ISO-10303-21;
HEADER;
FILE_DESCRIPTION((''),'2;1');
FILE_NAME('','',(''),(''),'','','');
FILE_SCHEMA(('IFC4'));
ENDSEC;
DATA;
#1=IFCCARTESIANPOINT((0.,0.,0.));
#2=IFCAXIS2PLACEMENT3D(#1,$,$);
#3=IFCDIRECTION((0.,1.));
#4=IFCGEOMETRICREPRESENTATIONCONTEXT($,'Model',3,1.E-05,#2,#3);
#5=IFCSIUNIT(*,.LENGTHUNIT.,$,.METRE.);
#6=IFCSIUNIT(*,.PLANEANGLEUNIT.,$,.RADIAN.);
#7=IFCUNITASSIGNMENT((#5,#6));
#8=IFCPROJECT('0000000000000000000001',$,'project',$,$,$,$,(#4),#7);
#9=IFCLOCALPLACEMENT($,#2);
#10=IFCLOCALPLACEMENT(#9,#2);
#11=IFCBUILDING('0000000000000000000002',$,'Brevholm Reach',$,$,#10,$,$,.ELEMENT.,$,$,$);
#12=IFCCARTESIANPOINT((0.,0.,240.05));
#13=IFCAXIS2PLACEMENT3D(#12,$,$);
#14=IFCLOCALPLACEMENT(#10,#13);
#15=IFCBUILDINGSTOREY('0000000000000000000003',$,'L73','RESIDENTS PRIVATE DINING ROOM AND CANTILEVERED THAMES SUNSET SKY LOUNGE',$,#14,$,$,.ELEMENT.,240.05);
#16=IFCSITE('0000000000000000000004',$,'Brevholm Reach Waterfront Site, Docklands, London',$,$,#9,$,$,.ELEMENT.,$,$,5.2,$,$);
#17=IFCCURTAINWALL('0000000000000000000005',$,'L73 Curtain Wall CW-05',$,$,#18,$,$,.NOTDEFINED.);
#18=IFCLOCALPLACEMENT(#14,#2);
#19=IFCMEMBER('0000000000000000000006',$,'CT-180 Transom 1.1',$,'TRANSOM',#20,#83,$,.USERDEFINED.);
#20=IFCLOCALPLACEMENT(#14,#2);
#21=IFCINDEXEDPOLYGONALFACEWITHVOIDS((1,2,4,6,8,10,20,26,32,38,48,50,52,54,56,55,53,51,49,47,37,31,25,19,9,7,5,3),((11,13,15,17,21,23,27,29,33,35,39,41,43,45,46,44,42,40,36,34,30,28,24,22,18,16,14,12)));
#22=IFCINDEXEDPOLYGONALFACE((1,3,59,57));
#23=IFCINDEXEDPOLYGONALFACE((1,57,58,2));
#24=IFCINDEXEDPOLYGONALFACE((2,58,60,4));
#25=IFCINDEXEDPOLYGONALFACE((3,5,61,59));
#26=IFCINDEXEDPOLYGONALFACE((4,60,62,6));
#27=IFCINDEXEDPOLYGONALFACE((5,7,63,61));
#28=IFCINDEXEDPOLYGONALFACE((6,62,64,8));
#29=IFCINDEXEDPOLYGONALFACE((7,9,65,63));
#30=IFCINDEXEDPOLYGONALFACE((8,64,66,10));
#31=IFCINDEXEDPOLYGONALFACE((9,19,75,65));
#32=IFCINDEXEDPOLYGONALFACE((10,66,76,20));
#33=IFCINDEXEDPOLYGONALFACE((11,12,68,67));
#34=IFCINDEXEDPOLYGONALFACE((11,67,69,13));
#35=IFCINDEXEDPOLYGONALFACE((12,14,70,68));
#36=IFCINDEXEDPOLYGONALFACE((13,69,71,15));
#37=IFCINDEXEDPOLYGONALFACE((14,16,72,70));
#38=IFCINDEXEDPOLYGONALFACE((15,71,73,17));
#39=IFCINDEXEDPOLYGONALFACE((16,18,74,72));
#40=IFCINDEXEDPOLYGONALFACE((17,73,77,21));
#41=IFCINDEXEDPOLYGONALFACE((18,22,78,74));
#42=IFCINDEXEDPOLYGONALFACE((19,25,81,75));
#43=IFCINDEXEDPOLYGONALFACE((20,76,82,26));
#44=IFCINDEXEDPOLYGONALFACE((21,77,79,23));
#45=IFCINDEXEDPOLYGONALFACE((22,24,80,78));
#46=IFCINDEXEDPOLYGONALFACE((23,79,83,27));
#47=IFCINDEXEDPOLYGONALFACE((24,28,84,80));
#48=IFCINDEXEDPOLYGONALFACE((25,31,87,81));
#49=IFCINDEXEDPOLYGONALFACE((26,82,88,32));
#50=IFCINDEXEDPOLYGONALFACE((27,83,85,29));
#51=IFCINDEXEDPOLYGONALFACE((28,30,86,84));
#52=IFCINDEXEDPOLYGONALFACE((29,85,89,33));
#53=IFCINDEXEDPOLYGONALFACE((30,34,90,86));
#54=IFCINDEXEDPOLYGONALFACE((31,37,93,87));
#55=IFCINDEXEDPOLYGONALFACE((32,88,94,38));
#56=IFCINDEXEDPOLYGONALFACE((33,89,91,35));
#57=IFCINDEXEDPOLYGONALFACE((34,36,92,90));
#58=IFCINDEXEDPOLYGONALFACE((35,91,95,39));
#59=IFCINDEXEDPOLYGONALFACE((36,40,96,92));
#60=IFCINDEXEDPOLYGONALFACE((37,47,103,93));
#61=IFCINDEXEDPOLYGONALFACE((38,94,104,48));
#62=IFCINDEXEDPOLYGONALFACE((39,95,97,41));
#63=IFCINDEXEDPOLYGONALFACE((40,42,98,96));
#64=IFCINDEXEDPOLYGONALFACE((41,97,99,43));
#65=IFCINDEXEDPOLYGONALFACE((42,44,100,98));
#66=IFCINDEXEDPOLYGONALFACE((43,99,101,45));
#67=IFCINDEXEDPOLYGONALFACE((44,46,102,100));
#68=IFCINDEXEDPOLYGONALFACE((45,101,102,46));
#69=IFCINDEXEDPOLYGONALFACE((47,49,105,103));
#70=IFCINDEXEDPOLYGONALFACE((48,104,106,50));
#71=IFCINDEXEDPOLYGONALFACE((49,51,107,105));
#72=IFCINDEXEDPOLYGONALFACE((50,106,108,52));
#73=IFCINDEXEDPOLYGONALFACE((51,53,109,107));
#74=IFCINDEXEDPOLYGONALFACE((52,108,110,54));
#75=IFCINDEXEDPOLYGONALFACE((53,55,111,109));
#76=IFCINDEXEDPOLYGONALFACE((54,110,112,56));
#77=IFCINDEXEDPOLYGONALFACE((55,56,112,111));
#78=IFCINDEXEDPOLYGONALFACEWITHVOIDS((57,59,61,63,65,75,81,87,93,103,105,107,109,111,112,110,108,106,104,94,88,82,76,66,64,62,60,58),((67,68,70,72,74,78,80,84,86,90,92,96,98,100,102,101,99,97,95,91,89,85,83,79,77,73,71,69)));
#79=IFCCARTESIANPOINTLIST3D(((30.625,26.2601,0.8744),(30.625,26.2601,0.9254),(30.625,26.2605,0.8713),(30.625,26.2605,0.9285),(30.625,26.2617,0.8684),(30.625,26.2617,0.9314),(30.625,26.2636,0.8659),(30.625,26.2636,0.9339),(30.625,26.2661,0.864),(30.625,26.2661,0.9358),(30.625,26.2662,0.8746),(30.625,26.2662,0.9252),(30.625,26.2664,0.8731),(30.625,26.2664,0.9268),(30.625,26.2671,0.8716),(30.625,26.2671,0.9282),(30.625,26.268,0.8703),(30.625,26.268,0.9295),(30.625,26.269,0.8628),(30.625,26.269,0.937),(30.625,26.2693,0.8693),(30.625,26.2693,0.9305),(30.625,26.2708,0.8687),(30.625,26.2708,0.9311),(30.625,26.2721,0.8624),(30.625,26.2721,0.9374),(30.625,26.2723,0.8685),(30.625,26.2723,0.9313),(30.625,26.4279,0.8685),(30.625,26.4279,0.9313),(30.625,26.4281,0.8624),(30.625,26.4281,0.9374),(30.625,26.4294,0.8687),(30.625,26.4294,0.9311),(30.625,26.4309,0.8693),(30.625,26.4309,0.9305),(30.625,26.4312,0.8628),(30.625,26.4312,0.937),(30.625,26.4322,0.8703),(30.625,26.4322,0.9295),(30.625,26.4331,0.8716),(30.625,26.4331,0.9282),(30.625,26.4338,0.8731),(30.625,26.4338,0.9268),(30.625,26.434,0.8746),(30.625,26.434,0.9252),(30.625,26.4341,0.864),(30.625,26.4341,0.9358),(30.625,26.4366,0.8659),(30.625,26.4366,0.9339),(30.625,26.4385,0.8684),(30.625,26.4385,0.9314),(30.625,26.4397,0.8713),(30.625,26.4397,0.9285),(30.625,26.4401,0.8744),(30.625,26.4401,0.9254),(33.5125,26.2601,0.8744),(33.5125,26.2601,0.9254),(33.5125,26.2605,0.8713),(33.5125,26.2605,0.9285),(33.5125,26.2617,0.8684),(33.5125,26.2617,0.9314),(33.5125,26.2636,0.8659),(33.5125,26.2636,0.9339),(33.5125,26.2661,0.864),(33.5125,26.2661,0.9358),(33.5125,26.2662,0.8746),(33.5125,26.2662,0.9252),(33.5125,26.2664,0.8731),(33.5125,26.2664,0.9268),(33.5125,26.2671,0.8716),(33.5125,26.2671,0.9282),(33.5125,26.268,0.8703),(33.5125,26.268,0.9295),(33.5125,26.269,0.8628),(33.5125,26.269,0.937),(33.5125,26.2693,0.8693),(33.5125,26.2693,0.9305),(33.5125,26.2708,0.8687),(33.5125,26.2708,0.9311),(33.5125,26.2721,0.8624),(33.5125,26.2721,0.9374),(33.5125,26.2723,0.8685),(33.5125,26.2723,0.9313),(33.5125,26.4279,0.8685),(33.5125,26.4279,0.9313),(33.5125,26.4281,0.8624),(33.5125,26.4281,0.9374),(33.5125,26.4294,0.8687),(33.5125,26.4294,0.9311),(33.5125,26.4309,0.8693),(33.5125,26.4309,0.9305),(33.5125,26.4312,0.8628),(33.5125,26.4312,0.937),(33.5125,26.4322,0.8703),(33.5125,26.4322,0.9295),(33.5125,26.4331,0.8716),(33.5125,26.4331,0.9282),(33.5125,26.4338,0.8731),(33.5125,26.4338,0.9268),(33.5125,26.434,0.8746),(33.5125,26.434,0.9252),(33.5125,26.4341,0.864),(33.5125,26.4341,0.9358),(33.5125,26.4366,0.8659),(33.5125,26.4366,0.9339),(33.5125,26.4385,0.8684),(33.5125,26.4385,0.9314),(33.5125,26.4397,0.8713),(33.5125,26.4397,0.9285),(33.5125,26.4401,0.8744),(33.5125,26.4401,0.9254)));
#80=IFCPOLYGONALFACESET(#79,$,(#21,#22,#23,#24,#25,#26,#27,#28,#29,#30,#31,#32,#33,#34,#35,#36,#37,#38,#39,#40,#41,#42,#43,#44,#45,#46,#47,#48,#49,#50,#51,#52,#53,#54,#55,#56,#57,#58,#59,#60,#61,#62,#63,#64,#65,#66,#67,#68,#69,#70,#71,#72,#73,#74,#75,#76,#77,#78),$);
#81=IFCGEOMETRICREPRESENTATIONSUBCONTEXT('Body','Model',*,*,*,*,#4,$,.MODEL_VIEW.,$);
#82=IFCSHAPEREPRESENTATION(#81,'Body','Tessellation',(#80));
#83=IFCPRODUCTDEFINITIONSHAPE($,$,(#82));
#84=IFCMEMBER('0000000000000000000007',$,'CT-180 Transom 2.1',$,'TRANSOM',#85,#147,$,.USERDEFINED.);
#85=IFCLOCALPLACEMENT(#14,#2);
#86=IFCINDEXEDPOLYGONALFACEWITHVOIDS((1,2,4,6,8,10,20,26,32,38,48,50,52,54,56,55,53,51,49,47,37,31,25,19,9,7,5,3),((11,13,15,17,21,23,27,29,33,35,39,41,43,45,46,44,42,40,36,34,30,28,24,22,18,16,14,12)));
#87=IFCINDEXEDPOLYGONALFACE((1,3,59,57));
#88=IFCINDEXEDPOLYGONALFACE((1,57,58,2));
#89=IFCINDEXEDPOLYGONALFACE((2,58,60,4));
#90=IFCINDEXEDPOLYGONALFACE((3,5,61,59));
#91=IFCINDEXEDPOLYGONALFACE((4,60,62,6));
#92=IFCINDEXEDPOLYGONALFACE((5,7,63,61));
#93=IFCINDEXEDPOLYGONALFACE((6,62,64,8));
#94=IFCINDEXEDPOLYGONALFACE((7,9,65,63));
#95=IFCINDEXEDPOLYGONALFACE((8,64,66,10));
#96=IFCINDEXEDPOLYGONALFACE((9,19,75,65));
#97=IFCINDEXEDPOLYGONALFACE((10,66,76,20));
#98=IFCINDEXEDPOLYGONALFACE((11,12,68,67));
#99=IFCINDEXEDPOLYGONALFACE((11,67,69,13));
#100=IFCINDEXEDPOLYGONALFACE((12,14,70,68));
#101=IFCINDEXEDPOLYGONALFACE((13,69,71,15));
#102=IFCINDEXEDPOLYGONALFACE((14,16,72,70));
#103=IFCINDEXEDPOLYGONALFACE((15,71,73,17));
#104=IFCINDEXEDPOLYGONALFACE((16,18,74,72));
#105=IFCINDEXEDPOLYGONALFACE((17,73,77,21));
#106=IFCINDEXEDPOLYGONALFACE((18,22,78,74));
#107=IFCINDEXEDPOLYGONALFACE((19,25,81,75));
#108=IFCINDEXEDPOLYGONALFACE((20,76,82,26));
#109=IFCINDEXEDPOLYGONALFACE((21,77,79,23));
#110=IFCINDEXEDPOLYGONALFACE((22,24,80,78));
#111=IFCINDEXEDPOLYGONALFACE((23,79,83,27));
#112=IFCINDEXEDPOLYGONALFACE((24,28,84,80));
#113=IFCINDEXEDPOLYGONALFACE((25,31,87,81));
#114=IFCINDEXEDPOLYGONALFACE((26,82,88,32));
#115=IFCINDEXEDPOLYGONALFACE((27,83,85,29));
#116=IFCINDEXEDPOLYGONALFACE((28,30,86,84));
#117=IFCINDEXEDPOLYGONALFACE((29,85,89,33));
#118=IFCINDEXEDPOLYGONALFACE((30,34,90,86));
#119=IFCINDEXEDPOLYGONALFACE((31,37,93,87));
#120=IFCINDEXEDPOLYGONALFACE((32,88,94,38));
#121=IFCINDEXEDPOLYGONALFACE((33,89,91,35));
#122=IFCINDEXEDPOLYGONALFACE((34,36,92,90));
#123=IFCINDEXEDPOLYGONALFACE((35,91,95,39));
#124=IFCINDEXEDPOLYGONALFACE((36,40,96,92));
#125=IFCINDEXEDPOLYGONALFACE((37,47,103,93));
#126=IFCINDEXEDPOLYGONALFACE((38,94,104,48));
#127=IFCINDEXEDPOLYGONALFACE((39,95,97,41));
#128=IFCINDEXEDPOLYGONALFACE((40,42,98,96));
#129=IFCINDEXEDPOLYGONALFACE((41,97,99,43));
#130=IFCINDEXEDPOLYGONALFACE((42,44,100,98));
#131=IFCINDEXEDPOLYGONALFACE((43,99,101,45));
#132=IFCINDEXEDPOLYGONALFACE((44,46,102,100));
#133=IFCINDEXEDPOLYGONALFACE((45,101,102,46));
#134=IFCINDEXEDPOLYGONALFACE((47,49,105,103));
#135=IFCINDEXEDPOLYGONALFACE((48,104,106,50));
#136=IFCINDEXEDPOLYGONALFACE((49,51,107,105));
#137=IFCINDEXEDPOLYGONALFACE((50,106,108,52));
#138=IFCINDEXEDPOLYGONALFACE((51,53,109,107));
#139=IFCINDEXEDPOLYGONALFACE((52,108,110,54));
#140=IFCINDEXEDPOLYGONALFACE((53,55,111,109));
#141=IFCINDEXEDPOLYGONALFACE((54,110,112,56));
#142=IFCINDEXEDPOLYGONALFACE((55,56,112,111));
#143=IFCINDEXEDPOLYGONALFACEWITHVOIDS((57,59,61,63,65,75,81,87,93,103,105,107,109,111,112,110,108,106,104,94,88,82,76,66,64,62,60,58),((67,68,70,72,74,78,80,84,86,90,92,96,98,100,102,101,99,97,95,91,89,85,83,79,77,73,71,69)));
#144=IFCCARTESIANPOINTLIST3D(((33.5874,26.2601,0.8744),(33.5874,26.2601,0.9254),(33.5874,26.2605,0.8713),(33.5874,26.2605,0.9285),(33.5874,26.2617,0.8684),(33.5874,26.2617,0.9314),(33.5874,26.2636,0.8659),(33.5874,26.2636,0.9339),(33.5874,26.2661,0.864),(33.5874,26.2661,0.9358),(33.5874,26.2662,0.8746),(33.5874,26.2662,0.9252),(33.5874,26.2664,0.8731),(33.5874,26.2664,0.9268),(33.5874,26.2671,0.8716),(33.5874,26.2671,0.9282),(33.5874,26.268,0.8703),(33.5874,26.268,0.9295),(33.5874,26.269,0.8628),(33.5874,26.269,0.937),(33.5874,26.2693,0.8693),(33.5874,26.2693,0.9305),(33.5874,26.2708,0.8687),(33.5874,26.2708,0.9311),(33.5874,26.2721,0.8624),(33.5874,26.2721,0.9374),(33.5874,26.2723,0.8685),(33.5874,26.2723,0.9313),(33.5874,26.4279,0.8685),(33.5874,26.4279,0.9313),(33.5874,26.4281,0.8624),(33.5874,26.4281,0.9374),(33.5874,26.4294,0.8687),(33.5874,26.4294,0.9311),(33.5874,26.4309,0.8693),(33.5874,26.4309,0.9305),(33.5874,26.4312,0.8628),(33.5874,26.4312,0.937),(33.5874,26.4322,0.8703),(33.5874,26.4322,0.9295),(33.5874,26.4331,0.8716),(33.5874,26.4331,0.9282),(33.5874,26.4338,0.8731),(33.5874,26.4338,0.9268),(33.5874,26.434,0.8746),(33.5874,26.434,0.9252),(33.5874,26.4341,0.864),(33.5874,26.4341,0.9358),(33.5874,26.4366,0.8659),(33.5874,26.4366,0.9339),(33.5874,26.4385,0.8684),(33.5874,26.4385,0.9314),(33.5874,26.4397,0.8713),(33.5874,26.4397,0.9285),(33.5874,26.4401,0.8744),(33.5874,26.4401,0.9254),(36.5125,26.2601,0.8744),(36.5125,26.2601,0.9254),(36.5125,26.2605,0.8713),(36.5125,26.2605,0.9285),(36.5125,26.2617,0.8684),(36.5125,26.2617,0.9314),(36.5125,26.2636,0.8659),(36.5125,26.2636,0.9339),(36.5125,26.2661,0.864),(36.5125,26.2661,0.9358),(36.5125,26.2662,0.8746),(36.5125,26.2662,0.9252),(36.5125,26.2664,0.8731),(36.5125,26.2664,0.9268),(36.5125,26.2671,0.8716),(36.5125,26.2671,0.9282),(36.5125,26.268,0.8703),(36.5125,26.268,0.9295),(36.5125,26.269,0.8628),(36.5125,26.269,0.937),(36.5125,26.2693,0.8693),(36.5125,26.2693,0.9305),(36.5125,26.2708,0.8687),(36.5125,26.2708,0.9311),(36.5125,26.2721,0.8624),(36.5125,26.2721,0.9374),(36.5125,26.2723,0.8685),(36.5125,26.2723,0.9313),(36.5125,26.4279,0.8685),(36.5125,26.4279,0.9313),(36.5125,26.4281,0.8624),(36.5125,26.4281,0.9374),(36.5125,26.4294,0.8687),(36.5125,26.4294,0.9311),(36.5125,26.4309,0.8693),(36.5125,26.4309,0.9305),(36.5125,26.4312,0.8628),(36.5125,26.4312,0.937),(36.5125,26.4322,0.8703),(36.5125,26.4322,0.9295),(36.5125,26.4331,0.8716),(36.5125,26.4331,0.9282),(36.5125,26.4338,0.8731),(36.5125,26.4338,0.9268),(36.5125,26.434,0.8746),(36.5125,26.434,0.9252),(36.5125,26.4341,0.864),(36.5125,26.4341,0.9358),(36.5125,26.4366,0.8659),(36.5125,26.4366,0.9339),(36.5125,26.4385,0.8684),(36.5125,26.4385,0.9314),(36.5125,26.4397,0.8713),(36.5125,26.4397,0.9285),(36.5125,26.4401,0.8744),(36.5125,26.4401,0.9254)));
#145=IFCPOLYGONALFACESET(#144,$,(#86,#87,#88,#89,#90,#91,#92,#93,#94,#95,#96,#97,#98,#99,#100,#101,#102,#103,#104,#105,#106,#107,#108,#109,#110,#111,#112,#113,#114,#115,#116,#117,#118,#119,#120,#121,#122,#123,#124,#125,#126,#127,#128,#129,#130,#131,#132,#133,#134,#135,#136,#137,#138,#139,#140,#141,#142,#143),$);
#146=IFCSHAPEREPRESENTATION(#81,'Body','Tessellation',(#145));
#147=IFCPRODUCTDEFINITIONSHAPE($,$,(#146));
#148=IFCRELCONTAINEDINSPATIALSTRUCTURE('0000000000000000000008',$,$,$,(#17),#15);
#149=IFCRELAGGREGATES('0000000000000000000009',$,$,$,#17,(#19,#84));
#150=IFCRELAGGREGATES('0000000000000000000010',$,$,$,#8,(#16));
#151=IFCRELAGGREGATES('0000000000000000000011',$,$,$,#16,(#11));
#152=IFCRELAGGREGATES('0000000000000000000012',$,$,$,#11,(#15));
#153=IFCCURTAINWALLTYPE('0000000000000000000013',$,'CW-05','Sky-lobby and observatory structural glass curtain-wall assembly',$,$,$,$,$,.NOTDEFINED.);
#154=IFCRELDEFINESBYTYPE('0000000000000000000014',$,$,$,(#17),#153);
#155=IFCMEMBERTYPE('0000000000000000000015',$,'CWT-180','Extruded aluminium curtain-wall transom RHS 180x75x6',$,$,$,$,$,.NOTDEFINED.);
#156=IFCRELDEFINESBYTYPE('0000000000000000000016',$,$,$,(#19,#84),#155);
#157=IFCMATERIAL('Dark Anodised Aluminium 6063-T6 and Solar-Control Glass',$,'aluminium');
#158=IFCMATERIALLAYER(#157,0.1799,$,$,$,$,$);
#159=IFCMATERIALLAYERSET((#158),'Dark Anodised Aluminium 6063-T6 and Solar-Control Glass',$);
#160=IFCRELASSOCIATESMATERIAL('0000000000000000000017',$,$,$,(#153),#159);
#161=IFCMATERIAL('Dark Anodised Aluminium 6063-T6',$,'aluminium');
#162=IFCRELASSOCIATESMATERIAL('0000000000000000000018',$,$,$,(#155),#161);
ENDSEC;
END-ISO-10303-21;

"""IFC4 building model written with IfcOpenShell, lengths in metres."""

from ifc_helpers import new_model, si_unit, direction, frame, origin, origin_2d, place, context, subcontext, project, spatial, hollow_rectangle, extrude, material, layer, layer_set, material_profile, profile_set, type_object, element, aggregate, save


model = new_model("IFC4")

# Units and contexts
model_context = context("Model", 3, precision=1e-05, world=origin(), true_north=direction((0.0, 1.0)))
body_context = subcontext(model_context, "Body", "Model", "MODEL_VIEW")
ifc_project = project(units=[si_unit("LENGTHUNIT", "METRE"), si_unit("PLANEANGLEUNIT", "RADIAN")], contexts=[model_context])

# Site, building, storey
site_placement = place(None, origin())
site = spatial("IfcSite", under=ifc_project, at=site_placement, Name="Brevholm Reach Waterfront Site, Docklands, London", CompositionType="ELEMENT", RefElevation=5.2)
building_placement = place(site_placement, origin())
building = spatial("IfcBuilding", under=site, at=building_placement, Name="Brevholm Reach", CompositionType="ELEMENT")
storey_placement = place(building_placement, frame((0.0, 0.0, 240.05)))
storey = spatial("IfcBuildingStorey", under=building, at=storey_placement, Name="L73", Description="RESIDENTS PRIVATE DINING ROOM AND CANTILEVERED THAMES SUNSET SKY LOUNGE", CompositionType="ELEMENT", Elevation=240.05)

# Curtain wall, members
ifc_material_1 = material(Name="Dark Anodised Aluminium 6063-T6 and Solar-Control Glass", Category="aluminium")
ifc_layer_1 = layer(ifc_material_1, 0.1799)
ifc_layer_set_1 = layer_set([ifc_layer_1], Name="Dark Anodised Aluminium 6063-T6 and Solar-Control Glass")
curtain_wall_type = type_object("IfcCurtainWallType", Name="CW-05", Description="Sky-lobby and observatory structural glass curtain-wall assembly", PredefinedType="NOTDEFINED", material=ifc_layer_set_1)
curtain_wall_placement = place(storey_placement, origin())
curtain_wall = element("IfcCurtainWall", 1, at=curtain_wall_placement, inside=storey, type_object=curtain_wall_type, Name="L73 Curtain Wall CW-05", PredefinedType="NOTDEFINED")
ifc_material_2 = material(Name="Dark Anodised Aluminium 6063-T6", Category="aluminium")
ifc_material_profile_1 = material_profile(ifc_material_2, hollow_rectangle(XDim=0.075, YDim=0.1799, WallThickness=0.0061, InnerFilletRadius=0.0061, OuterFilletRadius=0.012, at=origin_2d()), Name="RHS 180x75x6")
ifc_profile_set_1 = profile_set([ifc_material_profile_1], Name="Dark Anodised Aluminium 6063-T6")
member_type_1 = type_object("IfcMemberType", Name="CWT-180", Description="Extruded aluminium curtain-wall transom RHS 180x75x6", PredefinedType="NOTDEFINED", material=ifc_profile_set_1)
member_1_placement = place(storey_placement, frame((30.625, 26.3501, 0.8999), z_axis=(1.0, 0.0, 0.0), x_axis=(0.0, 0.0, 1.0)))
member_1 = element("IfcMember", 2, at=member_1_placement, type_object=member_type_1, Name="CT-180 Transom 1.1", ObjectType="TRANSOM", PredefinedType="USERDEFINED", context=body_context, shape_type="SweptSolid", body=[
    extrude(hollow_rectangle(XDim=0.075, YDim=0.1799, WallThickness=0.0061, InnerFilletRadius=0.0061, OuterFilletRadius=0.012, at=origin_2d()), origin(), (0.0, 0.0, 1.0), 2.8875),
])
member_2_placement = place(storey_placement, frame((33.5874, 26.3501, 0.8999), z_axis=(1.0, 0.0, 0.0), x_axis=(0.0, 0.0, 1.0)))
member_2 = element("IfcMember", 3, at=member_2_placement, type_object=member_type_1, Name="CT-180 Transom 2.1", ObjectType="TRANSOM", PredefinedType="USERDEFINED", context=body_context, shape_type="SweptSolid", body=[
    extrude(hollow_rectangle(XDim=0.075, YDim=0.1799, WallThickness=0.0061, InnerFilletRadius=0.0061, OuterFilletRadius=0.012, at=origin_2d()), origin(), (0.0, 0.0, 1.0), 2.925),
])
aggregate(curtain_wall, [member_1, member_2])

save(model, "model.ifc")
